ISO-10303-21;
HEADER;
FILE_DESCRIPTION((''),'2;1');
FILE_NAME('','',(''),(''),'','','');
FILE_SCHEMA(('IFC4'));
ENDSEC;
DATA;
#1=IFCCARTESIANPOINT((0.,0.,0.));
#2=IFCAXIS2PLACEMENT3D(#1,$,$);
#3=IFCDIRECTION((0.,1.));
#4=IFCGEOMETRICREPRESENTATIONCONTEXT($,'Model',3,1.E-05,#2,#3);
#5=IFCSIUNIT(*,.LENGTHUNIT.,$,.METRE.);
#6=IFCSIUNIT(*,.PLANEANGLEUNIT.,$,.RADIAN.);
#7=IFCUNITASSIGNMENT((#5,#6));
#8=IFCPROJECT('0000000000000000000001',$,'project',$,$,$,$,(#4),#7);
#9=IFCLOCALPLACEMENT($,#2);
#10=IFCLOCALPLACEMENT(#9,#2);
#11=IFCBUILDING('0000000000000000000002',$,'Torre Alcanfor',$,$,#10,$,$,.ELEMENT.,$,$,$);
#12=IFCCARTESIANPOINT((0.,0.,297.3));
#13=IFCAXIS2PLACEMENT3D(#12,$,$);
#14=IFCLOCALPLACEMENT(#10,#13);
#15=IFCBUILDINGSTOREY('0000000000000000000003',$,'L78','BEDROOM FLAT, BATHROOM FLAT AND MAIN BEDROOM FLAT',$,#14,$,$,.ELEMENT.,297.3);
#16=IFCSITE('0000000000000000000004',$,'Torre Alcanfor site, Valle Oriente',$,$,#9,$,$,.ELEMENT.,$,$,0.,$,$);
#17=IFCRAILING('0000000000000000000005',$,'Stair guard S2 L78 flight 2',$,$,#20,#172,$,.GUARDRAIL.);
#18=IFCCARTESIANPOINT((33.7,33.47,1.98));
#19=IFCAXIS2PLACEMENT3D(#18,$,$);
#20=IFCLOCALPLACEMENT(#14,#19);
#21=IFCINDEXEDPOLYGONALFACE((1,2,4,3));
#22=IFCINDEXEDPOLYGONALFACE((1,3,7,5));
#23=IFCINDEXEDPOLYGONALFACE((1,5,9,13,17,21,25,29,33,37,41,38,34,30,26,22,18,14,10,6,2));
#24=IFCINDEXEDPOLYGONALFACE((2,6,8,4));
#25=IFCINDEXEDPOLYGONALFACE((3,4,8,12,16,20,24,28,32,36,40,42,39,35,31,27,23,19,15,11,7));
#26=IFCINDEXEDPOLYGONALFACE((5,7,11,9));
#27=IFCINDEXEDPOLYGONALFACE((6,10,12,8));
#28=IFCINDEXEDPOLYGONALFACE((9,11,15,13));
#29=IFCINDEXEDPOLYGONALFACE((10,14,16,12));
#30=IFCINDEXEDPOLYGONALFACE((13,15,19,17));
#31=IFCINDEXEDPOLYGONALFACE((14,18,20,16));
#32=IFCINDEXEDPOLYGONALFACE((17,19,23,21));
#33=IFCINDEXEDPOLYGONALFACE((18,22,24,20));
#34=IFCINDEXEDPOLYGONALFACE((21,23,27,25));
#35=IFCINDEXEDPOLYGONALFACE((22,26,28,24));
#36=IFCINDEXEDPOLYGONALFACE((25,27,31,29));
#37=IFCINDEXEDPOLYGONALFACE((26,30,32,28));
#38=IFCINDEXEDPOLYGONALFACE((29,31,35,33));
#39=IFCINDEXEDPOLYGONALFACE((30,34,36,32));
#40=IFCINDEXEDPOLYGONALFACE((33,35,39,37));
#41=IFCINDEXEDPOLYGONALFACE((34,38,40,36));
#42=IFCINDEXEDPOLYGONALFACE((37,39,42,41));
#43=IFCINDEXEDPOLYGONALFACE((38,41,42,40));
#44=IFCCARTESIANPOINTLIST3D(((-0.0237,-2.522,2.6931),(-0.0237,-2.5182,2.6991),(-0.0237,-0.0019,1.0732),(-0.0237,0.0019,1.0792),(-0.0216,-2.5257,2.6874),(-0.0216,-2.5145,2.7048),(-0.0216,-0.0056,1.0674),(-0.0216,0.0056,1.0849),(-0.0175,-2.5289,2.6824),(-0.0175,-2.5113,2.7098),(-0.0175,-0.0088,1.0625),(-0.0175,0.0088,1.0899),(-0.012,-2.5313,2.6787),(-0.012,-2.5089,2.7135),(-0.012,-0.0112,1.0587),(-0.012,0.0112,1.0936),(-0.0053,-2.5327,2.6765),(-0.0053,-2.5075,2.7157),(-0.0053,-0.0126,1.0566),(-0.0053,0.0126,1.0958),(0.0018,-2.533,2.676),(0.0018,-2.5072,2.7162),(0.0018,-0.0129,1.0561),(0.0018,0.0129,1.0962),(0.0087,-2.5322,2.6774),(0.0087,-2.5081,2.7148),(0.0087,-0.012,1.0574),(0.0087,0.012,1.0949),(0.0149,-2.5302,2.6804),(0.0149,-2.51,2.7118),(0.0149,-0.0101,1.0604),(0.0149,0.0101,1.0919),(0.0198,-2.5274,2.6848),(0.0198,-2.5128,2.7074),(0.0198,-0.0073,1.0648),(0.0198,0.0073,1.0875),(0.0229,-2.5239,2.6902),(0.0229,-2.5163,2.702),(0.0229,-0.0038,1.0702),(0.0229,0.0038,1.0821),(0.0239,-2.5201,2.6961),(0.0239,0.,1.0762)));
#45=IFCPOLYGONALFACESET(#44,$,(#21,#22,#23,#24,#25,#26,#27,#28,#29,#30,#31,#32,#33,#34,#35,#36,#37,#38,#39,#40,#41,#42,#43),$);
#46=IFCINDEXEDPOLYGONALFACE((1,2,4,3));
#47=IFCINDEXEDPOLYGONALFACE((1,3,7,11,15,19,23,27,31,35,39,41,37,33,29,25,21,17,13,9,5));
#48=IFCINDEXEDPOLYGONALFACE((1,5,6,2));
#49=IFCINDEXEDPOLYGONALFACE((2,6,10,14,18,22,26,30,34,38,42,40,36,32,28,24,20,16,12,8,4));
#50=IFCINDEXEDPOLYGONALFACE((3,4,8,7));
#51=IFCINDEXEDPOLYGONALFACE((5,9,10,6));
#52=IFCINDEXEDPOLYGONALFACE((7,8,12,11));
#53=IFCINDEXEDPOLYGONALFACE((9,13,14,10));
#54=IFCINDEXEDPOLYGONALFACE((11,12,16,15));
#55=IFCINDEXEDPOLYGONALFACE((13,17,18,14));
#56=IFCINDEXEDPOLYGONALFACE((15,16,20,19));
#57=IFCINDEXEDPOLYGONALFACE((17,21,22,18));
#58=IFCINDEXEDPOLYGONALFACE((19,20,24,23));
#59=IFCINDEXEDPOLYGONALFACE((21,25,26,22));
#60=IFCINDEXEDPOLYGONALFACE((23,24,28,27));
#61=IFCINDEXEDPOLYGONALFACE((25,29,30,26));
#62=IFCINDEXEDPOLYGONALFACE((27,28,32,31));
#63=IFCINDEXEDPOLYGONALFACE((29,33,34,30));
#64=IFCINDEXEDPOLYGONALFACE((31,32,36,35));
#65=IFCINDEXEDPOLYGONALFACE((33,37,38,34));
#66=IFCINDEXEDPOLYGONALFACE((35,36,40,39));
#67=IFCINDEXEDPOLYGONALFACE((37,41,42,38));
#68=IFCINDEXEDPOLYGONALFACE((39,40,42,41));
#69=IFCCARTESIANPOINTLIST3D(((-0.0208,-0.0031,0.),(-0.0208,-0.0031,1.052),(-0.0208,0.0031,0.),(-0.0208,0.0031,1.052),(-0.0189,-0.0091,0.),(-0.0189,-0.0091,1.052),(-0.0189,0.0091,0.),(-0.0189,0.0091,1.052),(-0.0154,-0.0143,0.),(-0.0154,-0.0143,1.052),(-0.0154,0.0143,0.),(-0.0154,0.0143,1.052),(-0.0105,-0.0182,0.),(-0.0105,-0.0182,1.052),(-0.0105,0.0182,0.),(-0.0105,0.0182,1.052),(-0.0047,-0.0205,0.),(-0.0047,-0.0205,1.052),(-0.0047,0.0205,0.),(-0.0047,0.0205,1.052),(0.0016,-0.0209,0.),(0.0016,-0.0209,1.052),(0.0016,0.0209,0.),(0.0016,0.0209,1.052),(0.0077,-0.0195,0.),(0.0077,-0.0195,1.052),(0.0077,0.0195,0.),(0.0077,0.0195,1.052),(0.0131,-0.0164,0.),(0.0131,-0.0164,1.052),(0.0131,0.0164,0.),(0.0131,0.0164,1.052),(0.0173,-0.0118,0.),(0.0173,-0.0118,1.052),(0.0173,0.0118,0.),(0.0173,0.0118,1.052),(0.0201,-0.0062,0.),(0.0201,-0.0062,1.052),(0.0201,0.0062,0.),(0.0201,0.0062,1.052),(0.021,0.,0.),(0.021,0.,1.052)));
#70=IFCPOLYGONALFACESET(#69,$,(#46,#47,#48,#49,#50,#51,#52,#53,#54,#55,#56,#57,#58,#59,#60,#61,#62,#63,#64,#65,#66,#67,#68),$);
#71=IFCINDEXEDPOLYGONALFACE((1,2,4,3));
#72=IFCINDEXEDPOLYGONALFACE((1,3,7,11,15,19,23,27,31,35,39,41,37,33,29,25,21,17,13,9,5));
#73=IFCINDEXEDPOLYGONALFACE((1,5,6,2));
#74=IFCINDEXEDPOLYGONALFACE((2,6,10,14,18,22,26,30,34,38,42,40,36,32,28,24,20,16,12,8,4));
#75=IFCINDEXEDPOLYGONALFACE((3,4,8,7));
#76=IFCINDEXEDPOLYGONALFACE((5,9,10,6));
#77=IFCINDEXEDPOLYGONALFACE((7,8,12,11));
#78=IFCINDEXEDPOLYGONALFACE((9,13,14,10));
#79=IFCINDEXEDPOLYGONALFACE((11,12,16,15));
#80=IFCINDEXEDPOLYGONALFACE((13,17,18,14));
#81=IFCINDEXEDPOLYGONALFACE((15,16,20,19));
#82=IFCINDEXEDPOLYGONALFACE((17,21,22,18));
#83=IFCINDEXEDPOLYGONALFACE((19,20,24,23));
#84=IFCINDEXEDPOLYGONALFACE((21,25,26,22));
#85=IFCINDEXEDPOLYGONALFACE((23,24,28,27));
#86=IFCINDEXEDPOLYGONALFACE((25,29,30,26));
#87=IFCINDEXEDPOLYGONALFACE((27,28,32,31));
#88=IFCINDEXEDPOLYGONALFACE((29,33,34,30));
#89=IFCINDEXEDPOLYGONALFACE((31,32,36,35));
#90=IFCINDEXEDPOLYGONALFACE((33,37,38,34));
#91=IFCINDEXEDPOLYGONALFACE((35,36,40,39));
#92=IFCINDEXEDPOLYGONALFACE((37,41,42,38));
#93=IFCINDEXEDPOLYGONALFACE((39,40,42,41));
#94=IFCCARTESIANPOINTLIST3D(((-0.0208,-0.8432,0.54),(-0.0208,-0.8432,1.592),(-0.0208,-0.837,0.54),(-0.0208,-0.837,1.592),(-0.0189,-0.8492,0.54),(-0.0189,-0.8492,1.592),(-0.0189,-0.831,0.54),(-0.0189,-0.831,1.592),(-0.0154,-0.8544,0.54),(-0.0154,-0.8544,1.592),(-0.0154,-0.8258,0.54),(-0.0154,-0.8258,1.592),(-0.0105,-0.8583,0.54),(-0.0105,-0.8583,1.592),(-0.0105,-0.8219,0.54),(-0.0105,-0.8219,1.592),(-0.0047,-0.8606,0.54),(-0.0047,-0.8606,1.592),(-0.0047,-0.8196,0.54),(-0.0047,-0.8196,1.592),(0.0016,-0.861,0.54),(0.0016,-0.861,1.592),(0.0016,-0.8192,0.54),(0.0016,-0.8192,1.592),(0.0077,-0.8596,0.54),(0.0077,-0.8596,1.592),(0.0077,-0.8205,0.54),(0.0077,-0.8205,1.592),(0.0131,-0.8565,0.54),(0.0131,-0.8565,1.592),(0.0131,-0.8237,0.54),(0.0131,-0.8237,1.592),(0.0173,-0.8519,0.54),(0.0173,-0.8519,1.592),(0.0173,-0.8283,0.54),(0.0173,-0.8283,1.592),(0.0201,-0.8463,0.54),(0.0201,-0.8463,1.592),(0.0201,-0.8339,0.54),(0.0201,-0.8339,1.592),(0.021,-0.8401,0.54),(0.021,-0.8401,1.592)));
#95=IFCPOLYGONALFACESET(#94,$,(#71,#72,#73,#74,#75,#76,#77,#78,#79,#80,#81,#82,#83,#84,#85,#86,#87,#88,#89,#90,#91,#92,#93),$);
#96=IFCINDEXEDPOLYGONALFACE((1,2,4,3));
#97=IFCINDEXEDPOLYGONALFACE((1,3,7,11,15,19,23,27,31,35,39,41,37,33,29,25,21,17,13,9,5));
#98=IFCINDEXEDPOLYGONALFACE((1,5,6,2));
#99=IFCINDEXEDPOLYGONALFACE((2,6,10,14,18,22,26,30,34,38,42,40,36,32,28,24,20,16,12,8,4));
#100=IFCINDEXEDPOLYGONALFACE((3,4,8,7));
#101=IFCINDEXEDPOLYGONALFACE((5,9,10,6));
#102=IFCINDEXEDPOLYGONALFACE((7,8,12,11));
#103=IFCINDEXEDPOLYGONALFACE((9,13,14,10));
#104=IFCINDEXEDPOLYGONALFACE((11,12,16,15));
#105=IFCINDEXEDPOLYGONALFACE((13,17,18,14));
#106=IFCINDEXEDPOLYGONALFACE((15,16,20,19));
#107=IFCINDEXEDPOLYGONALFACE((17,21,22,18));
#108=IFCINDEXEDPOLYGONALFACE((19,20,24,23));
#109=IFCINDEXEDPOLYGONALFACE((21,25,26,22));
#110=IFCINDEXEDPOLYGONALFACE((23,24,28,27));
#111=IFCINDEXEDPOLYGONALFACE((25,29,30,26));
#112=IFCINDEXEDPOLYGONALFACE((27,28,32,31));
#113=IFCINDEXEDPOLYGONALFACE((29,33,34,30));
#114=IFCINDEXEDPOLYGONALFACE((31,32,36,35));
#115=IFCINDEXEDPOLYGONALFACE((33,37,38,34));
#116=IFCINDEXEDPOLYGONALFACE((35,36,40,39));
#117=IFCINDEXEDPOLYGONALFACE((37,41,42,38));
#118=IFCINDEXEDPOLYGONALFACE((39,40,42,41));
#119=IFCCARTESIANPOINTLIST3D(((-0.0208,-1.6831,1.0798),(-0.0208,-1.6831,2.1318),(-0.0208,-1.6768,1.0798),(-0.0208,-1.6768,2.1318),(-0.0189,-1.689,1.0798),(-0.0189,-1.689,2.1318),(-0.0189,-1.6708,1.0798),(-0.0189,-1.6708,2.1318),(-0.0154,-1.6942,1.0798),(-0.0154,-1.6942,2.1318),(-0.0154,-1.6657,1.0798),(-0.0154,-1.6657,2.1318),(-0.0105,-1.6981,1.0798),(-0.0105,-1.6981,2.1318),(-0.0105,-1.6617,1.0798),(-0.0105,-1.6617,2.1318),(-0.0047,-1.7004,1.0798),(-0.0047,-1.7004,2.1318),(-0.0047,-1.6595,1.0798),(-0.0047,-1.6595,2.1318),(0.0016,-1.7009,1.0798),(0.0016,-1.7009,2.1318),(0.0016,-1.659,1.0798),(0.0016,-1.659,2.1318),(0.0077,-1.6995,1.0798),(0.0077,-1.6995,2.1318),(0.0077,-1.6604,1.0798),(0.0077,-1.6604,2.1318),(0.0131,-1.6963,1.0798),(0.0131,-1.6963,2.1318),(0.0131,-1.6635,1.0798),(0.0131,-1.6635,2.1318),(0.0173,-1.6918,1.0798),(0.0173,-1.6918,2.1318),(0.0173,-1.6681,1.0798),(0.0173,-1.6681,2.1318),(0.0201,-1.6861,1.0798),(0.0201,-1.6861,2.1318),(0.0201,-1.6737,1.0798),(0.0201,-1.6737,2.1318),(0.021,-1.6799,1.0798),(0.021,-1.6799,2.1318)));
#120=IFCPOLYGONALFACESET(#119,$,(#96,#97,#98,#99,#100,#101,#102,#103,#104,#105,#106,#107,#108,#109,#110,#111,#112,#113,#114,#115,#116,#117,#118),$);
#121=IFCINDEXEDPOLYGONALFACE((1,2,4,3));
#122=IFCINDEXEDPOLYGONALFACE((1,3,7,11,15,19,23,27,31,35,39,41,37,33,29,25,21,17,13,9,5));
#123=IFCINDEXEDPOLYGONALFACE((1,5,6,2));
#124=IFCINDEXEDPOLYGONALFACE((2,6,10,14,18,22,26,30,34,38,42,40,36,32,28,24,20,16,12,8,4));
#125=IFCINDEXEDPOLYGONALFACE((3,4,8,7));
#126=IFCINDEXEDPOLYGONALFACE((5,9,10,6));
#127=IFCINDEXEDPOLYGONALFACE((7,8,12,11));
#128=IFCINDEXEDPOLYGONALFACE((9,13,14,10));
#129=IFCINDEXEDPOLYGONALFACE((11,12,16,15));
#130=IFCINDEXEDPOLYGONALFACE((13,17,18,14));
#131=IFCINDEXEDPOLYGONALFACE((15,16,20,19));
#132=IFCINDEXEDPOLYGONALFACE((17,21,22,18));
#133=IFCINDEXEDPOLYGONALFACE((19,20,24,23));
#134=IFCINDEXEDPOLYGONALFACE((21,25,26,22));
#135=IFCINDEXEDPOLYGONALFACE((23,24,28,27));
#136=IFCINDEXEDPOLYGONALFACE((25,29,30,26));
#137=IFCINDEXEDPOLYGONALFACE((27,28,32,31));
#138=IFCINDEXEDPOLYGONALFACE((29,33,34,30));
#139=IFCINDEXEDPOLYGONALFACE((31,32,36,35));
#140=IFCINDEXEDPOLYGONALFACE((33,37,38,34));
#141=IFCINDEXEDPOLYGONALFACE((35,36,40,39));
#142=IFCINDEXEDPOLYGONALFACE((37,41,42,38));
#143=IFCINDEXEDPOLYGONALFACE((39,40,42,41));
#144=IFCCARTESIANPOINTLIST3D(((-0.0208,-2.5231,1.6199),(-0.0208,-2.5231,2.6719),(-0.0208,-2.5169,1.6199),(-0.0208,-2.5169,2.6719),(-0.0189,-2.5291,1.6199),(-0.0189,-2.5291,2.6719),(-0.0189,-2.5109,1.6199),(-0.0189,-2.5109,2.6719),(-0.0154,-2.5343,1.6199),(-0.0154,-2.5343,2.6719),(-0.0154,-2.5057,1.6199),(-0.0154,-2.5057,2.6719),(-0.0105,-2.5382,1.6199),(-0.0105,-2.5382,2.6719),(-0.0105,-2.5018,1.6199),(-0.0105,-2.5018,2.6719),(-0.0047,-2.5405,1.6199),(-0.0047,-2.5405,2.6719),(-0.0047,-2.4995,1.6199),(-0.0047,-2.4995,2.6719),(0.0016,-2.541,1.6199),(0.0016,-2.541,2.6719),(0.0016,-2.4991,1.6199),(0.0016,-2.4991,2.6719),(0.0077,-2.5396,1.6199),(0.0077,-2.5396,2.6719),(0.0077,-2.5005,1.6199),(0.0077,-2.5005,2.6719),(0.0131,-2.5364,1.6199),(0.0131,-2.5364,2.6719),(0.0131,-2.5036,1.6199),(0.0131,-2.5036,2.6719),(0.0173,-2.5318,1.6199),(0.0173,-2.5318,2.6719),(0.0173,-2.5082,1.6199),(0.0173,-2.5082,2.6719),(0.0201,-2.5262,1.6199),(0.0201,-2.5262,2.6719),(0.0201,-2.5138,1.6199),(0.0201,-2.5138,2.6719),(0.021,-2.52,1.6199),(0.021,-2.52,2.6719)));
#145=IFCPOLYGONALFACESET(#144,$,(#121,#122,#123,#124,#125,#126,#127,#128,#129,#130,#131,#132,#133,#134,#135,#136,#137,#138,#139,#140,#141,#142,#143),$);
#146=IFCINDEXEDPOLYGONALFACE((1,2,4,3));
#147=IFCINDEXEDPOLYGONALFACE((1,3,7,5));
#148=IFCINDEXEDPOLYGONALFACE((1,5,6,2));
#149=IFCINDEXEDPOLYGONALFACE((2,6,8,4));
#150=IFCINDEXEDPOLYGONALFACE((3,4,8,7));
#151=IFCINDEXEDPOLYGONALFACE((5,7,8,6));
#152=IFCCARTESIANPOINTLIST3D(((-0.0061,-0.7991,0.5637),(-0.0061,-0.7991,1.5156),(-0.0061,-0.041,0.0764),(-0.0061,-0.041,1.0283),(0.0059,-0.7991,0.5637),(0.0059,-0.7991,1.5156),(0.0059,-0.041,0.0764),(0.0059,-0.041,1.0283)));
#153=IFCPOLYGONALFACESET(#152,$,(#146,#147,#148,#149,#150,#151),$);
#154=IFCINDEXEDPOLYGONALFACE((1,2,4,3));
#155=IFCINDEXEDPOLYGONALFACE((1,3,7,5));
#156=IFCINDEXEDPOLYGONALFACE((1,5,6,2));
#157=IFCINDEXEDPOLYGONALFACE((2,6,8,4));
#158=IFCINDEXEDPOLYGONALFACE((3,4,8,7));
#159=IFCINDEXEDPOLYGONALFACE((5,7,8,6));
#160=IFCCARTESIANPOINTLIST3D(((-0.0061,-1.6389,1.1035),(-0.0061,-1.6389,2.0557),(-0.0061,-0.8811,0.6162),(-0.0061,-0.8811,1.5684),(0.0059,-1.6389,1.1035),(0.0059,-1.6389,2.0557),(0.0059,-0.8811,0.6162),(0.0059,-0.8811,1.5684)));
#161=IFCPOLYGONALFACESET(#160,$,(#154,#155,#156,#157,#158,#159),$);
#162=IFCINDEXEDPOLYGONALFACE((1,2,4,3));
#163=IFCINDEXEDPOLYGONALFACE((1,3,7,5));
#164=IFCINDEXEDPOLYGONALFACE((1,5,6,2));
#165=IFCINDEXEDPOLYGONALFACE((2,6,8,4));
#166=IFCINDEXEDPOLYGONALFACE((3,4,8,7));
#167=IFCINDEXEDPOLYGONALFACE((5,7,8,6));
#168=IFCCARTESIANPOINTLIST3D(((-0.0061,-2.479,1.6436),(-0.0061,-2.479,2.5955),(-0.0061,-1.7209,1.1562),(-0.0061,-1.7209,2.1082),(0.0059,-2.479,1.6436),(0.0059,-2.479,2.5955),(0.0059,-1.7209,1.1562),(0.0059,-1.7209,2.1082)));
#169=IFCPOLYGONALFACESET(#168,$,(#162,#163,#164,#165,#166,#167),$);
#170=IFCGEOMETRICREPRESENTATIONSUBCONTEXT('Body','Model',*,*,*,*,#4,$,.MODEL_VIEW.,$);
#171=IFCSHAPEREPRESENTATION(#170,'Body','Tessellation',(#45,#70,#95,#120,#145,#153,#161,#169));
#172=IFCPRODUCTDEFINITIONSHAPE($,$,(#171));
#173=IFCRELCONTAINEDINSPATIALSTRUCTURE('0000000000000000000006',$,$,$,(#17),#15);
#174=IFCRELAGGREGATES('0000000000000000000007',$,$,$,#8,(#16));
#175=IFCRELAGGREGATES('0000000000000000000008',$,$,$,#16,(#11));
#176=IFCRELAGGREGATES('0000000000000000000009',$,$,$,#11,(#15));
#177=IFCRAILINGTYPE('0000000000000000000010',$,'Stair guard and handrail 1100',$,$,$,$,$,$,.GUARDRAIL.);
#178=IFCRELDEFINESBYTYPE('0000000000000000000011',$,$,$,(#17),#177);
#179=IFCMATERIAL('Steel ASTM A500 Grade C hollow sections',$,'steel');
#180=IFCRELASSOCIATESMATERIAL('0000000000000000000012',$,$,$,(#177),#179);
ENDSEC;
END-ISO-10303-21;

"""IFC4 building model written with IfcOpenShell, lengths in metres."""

from ifc_helpers import new_model, si_unit, direction, frame, origin, origin_2d, place, context, subcontext, project, spatial, polyline, circle, outline, extrude, material, type_object, element, save


model = new_model("IFC4")

# Units and contexts
model_context = context("Model", 3, precision=1e-05, world=origin(), true_north=direction((0.0, 1.0)))
body_context = subcontext(model_context, "Body", "Model", "MODEL_VIEW")
ifc_project = project(units=[si_unit("LENGTHUNIT", "METRE"), si_unit("PLANEANGLEUNIT", "RADIAN")], contexts=[model_context])

# Site, building, storey
site_placement = place(None, origin())
site = spatial("IfcSite", under=ifc_project, at=site_placement, Name="Torre Alcanfor site, Valle Oriente", CompositionType="ELEMENT", RefElevation=0.0)
building_placement = place(site_placement, origin())
building = spatial("IfcBuilding", under=site, at=building_placement, Name="Torre Alcanfor", CompositionType="ELEMENT")
storey_placement = place(building_placement, frame((0.0, 0.0, 297.3)))
storey = spatial("IfcBuildingStorey", under=building, at=storey_placement, Name="L78", Description="BEDROOM FLAT, BATHROOM FLAT AND MAIN BEDROOM FLAT", CompositionType="ELEMENT", Elevation=297.3)

# Railing
ifc_material_1 = material(Name="Steel ASTM A500 Grade C hollow sections", Category="steel")
railing_type_1 = type_object("IfcRailingType", Name="Stair guard and handrail 1100", PredefinedType="GUARDRAIL", material=ifc_material_1)
railing_1_placement = place(storey_placement, frame((33.7, 33.47, 1.98)))
element("IfcRailing", 1, at=railing_1_placement, inside=storey, type_object=railing_type_1, Name="Stair guard S2 L78 flight 2", PredefinedType="GUARDRAIL", context=body_context, shape_type="SweptSolid", body=[
    extrude(circle(Radius=0.0239, at=origin_2d()), frame((0.0, 0.0, 1.0762), z_axis=(0.0, -0.8412, 0.540725), x_axis=(1.0, 0.0, 0.0)), (0.0, 0.0, 1.0), 2.9958),
    extrude(circle(Radius=0.021, at=origin_2d()), origin(), (0.0, 0.0, 1.0), 1.052),
    extrude(circle(Radius=0.021, at=origin_2d()), frame((0.0, -0.8401, 0.54)), (0.0, 0.0, 1.0), 1.052),
    extrude(circle(Radius=0.021, at=origin_2d()), frame((0.0, -1.6799, 1.0798)), (0.0, 0.0, 1.0), 1.052),
    extrude(circle(Radius=0.021, at=origin_2d()), frame((0.0, -2.52, 1.6199)), (0.0, 0.0, 1.0), 1.052),
    extrude(outline(polyline([(0.041, 0.0764), (0.7991, 0.5637), (0.7991, 1.5156), (0.041, 1.0283), (0.041, 0.0764)])), frame((0.0059, 0.0, 0.0), z_axis=(-1.0, 0.0, 0.0), x_axis=(0.0, -1.0, 0.0)), (0.0, 0.0, 1.0), 0.012),
    extrude(outline(polyline([(0.8811, 0.6162), (1.6389, 1.1035), (1.6389, 2.0557), (0.8811, 1.5684), (0.8811, 0.6162)])), frame((0.0059, 0.0, 0.0), z_axis=(-1.0, 0.0, 0.0), x_axis=(0.0, -1.0, 0.0)), (0.0, 0.0, 1.0), 0.012),
    extrude(outline(polyline([(1.7209, 1.1562), (2.479, 1.6436), (2.479, 2.5955), (1.7209, 2.1082), (1.7209, 1.1562)])), frame((0.0059, 0.0, 0.0), z_axis=(-1.0, 0.0, 0.0), x_axis=(0.0, -1.0, 0.0)), (0.0, 0.0, 1.0), 0.012),
])

save(model, "model.ifc")
